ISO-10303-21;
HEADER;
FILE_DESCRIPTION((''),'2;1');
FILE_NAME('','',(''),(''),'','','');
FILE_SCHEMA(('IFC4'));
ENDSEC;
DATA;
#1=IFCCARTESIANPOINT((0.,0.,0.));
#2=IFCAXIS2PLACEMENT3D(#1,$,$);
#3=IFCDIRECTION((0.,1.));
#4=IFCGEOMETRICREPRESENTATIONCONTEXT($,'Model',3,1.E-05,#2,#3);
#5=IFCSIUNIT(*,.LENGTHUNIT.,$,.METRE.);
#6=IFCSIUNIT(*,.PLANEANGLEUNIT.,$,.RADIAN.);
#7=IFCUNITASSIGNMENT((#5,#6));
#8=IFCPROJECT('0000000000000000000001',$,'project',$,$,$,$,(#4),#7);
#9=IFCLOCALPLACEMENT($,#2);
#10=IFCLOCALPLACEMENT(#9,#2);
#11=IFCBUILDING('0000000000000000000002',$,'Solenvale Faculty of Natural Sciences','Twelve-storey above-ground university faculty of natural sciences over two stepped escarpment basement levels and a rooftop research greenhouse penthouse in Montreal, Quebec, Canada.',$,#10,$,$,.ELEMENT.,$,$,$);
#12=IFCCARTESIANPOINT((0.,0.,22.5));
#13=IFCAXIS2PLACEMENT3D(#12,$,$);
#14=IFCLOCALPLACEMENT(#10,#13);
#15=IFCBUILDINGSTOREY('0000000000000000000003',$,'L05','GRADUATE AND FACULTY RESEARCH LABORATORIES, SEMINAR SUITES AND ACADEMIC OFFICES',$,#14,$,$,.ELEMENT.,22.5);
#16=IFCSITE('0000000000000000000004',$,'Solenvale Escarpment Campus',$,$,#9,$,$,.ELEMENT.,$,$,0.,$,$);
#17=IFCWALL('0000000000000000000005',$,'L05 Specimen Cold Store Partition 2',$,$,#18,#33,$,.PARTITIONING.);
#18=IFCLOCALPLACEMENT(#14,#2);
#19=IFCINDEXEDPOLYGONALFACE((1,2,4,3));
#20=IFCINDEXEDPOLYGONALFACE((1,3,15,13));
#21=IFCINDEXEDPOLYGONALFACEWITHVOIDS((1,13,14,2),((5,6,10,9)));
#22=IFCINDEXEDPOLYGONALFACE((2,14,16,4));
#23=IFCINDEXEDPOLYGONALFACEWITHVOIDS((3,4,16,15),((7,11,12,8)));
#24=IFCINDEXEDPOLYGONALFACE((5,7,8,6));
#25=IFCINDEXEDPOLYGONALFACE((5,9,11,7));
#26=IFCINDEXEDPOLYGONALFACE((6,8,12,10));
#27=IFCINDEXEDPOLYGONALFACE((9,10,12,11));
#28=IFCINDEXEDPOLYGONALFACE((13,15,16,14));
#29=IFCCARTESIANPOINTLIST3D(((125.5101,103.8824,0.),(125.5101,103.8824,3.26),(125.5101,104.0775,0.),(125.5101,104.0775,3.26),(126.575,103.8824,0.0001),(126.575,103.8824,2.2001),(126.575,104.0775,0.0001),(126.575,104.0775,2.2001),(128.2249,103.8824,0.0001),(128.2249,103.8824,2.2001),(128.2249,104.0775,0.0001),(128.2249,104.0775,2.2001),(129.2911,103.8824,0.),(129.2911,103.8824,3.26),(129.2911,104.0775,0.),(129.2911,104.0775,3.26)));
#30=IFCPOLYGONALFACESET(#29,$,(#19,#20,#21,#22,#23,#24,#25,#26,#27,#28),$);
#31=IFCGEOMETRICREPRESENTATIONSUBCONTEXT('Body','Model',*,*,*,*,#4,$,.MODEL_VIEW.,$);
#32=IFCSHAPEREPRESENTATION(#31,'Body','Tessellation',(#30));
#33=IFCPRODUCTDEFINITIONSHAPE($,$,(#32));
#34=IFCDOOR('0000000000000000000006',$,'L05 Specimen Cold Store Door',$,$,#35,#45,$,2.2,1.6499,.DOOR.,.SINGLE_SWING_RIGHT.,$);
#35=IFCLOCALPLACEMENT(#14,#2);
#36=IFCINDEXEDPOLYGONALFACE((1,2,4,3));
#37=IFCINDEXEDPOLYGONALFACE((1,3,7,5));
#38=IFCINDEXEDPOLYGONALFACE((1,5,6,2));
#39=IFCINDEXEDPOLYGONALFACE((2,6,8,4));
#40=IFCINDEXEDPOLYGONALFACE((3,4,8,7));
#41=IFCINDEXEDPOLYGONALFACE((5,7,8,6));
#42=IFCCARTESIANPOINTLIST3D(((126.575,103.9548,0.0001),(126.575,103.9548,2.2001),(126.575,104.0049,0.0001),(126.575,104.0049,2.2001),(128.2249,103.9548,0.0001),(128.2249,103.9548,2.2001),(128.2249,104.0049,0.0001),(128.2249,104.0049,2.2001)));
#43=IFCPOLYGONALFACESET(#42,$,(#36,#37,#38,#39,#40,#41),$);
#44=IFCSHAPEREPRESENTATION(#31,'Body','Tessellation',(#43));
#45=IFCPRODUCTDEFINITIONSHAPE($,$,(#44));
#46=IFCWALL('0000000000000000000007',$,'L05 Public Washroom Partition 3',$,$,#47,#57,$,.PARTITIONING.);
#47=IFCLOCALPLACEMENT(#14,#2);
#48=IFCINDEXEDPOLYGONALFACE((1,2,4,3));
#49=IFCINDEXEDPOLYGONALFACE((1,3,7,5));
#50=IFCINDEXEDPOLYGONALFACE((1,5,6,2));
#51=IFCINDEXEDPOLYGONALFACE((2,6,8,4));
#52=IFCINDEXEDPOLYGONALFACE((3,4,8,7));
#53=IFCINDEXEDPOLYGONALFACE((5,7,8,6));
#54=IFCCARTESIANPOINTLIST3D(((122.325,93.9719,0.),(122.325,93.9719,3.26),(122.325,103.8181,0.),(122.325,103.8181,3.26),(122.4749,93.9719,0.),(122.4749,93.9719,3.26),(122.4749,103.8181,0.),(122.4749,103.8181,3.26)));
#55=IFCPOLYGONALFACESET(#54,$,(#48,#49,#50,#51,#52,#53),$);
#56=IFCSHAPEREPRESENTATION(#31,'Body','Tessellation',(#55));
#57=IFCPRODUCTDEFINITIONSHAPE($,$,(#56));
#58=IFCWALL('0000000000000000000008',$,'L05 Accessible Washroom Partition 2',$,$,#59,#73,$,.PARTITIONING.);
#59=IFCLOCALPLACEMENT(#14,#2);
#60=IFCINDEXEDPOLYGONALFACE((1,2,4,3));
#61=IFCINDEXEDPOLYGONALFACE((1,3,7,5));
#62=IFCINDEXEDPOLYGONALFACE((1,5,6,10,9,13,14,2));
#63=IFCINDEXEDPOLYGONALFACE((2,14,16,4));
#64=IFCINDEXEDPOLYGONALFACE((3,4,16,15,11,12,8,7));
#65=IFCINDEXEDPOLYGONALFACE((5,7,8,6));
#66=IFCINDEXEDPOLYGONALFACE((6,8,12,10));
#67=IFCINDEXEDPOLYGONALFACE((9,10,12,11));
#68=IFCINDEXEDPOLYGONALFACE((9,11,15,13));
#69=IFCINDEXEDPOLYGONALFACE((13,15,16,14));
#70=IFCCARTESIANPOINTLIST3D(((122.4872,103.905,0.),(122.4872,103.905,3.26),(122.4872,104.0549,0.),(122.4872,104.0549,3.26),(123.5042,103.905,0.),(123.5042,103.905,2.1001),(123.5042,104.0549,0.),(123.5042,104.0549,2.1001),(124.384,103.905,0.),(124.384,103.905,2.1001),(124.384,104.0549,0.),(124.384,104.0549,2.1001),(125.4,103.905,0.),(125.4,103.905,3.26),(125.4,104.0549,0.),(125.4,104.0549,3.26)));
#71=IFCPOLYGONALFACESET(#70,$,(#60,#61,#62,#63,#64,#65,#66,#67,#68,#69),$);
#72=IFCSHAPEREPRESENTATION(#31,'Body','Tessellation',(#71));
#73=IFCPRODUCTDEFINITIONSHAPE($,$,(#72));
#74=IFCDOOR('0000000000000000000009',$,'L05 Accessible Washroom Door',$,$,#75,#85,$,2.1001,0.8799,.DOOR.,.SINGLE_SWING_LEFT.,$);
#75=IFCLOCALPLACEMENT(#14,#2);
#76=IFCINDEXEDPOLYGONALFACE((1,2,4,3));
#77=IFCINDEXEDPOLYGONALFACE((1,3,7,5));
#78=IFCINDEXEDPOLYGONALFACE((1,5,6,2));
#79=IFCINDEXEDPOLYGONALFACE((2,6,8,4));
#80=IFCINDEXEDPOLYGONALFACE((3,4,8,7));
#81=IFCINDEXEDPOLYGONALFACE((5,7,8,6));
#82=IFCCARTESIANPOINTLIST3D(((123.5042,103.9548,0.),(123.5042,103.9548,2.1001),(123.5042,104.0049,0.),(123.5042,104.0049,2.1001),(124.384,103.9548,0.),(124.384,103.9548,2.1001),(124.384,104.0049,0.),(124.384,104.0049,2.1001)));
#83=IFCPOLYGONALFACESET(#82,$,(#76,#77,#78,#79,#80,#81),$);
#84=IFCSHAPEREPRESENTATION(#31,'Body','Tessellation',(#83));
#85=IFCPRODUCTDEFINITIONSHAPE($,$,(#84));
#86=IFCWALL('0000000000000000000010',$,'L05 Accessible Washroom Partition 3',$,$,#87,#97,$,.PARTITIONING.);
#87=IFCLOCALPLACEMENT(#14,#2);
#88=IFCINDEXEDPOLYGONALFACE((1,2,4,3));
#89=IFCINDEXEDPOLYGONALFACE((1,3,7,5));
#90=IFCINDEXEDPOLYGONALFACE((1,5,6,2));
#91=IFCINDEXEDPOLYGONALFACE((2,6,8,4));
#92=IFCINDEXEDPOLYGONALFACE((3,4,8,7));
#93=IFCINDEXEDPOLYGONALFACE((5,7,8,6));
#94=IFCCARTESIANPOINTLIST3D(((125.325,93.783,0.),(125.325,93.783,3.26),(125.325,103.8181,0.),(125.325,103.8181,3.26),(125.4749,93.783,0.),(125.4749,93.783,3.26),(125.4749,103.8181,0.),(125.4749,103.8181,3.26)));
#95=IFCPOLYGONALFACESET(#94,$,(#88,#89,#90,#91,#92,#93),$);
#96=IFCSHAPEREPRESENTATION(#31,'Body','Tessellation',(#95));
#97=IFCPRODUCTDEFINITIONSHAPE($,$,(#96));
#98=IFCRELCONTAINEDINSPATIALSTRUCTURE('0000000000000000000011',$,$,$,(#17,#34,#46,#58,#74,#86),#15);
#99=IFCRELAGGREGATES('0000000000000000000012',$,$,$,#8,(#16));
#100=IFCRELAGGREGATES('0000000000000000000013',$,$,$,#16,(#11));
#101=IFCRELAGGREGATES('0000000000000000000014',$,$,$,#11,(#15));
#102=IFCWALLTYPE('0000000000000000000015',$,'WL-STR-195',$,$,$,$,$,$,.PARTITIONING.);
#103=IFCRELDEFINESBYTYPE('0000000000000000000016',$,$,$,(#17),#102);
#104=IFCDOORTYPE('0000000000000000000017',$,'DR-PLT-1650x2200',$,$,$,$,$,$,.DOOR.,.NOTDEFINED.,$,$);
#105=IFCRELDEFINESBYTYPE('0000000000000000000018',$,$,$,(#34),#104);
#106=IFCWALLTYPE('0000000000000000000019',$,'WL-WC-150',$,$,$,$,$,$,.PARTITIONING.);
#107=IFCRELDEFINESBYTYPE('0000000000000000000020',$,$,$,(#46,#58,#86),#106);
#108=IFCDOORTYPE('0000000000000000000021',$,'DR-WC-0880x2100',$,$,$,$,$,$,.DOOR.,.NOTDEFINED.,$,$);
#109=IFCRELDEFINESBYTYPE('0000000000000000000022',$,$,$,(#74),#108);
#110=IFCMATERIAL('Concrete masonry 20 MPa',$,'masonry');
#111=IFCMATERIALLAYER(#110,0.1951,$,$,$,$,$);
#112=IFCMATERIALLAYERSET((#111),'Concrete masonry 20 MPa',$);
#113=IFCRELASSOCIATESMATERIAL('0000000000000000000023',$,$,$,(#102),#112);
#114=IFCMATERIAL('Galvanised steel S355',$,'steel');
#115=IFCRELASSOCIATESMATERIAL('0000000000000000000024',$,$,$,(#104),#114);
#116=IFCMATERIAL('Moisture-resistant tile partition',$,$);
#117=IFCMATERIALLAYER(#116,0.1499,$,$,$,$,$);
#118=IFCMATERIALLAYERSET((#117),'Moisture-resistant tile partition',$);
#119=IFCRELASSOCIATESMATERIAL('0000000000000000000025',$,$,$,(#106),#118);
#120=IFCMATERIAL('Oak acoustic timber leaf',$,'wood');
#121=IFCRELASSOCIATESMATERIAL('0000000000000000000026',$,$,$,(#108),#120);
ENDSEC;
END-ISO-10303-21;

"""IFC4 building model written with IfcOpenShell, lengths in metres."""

from ifc_helpers import new_model, si_unit, direction, frame, frame_2d, origin, place, context, subcontext, project, spatial, rectangle, extrude, material, layer, layer_set, type_object, element, fill, save


model = new_model("IFC4")

# Units and contexts
model_context = context("Model", 3, precision=1e-05, world=origin(), true_north=direction((0.0, 1.0)))
body_context = subcontext(model_context, "Body", "Model", "MODEL_VIEW")
ifc_project = project(units=[si_unit("LENGTHUNIT", "METRE"), si_unit("PLANEANGLEUNIT", "RADIAN")], contexts=[model_context])

# Site, building, storey
site_placement = place(None, origin())
site = spatial("IfcSite", under=ifc_project, at=site_placement, Name="Solenvale Escarpment Campus", CompositionType="ELEMENT", RefElevation=0.0)
building_placement = place(site_placement, origin())
building = spatial("IfcBuilding", under=site, at=building_placement, Name="Solenvale Faculty of Natural Sciences", Description="Twelve-storey above-ground university faculty of natural sciences over two stepped escarpment basement levels and a rooftop research greenhouse penthouse in Montreal, Quebec, Canada.", CompositionType="ELEMENT")
storey_placement = place(building_placement, frame((0.0, 0.0, 22.5)))
storey = spatial("IfcBuildingStorey", under=building, at=storey_placement, Name="L05", Description="GRADUATE AND FACULTY RESEARCH LABORATORIES, SEMINAR SUITES AND ACADEMIC OFFICES", CompositionType="ELEMENT", Elevation=22.5)

# Wall, opening, door
ifc_material_1 = material(Name="Oak acoustic timber leaf", Category="wood")
ifc_material_2 = material(Name="Concrete masonry 20 MPa", Category="masonry")
ifc_layer_1 = layer(ifc_material_2, 0.1951)
ifc_layer_set_1 = layer_set([ifc_layer_1], Name="Concrete masonry 20 MPa")
wall_type_1 = type_object("IfcWallType", Name="WL-STR-195", PredefinedType="PARTITIONING", material=ifc_layer_set_1)
wall_1_placement = place(storey_placement, frame((125.51, 103.98, 0.0), z_axis=(0.0, 0.0, 1.0), x_axis=(1.0, 0.0, 0.0)))
wall_1 = element("IfcWall", 1, at=wall_1_placement, inside=storey, type_object=wall_type_1, Name="L05 Specimen Cold Store Partition 2", PredefinedType="PARTITIONING", context=body_context, shape_type="SweptSolid", body=[
    extrude(rectangle(XDim=3.781, YDim=0.1951, at=frame_2d((1.8906, 0.0))), origin(), (0.0, 0.0, 1.0), 3.26),
])
opening_1_placement = place(wall_1_placement, frame((1.0649, 0.0, 0.0)))
opening_1 = element("IfcOpeningElement", 2, at=opening_1_placement, cuts=wall_1, PredefinedType="OPENING", context=body_context, shape_type="SweptSolid", body=[
    extrude(rectangle(XDim=1.6499, YDim=2.2, at=frame_2d((0.825, 1.1001))), frame((0.0, 0.1074, 0.0), z_axis=(0.0, -1.0, 0.0), x_axis=(1.0, 0.0, 0.0)), (0.0, 0.0, 1.0), 0.2151),
])
ifc_material_3 = material(Name="Galvanised steel S355", Category="steel")
door_type_1 = type_object("IfcDoorType", Name="DR-PLT-1650x2200", OperationType="NOTDEFINED", PredefinedType="DOOR", material=ifc_material_3)
door_1_placement = place(opening_1_placement, origin())
door_1 = element("IfcDoor", 3, at=door_1_placement, inside=storey, type_object=door_type_1, Name="L05 Specimen Cold Store Door", OperationType="SINGLE_SWING_RIGHT", OverallHeight=2.2, OverallWidth=1.6499, PredefinedType="DOOR", context=body_context, shape_type="SweptSolid", body=[
    extrude(rectangle(XDim=1.6499, YDim=2.2, at=frame_2d((0.825, 1.1001))), frame((0.0, 0.0249, 0.0), z_axis=(0.0, -1.0, 0.0), x_axis=(1.0, 0.0, 0.0)), (0.0, 0.0, 1.0), 0.05),
])
fill(opening_1, door_1)

# Wall
ifc_material_4 = material(Name="Moisture-resistant tile partition")
ifc_layer_2 = layer(ifc_material_4, 0.1499)
ifc_layer_set_2 = layer_set([ifc_layer_2], Name="Moisture-resistant tile partition")
wall_type_2 = type_object("IfcWallType", Name="WL-WC-150", PredefinedType="PARTITIONING", material=ifc_layer_set_2)
wall_2_placement = place(storey_placement, frame((122.3999, 103.8181, 0.0), z_axis=(0.0, 0.0, 1.0), x_axis=(0.0, -1.0, 0.0)))
element("IfcWall", 4, at=wall_2_placement, inside=storey, type_object=wall_type_2, Name="L05 Public Washroom Partition 3", PredefinedType="PARTITIONING", context=body_context, shape_type="SweptSolid", body=[
    extrude(rectangle(XDim=9.8462, YDim=0.1499, at=frame_2d((4.9231, 0.0))), origin(), (0.0, 0.0, 1.0), 3.26),
])

# Wall, opening, door
wall_3_placement = place(storey_placement, frame((122.4871, 103.98, 0.0), z_axis=(0.0, 0.0, 1.0), x_axis=(1.0, 0.0, 0.0)))
wall_3 = element("IfcWall", 5, at=wall_3_placement, inside=storey, type_object=wall_type_2, Name="L05 Accessible Washroom Partition 2", PredefinedType="PARTITIONING", context=body_context, shape_type="SweptSolid", body=[
    extrude(rectangle(XDim=2.9128, YDim=0.1499, at=frame_2d((1.4565, 0.0))), origin(), (0.0, 0.0, 1.0), 3.26),
])
opening_2_placement = place(wall_3_placement, frame((1.0171, 0.0, 0.0)))
opening_2 = element("IfcOpeningElement", 6, at=opening_2_placement, cuts=wall_3, PredefinedType="OPENING", context=body_context, shape_type="SweptSolid", body=[
    extrude(rectangle(XDim=0.8799, YDim=2.1001, at=frame_2d((0.4399, 1.05))), frame((0.0, 0.085, 0.0), z_axis=(0.0, -1.0, 0.0), x_axis=(1.0, 0.0, 0.0)), (0.0, 0.0, 1.0), 0.1699),
])
door_type_2 = type_object("IfcDoorType", Name="DR-WC-0880x2100", OperationType="NOTDEFINED", PredefinedType="DOOR", material=ifc_material_1)
door_2_placement = place(opening_2_placement, origin())
door_2 = element("IfcDoor", 7, at=door_2_placement, inside=storey, type_object=door_type_2, Name="L05 Accessible Washroom Door", OperationType="SINGLE_SWING_LEFT", OverallHeight=2.1001, OverallWidth=0.8799, PredefinedType="DOOR", context=body_context, shape_type="SweptSolid", body=[
    extrude(rectangle(XDim=0.8799, YDim=2.1001, at=frame_2d((0.4399, 1.05))), frame((0.0, 0.0249, 0.0), z_axis=(0.0, -1.0, 0.0), x_axis=(1.0, 0.0, 0.0)), (0.0, 0.0, 1.0), 0.05),
])
fill(opening_2, door_2)

# Wall
wall_4_placement = place(storey_placement, frame((125.3999, 103.8181, 0.0), z_axis=(0.0, 0.0, 1.0), x_axis=(0.0, -1.0, 0.0)))
element("IfcWall", 8, at=wall_4_placement, inside=storey, type_object=wall_type_2, Name="L05 Accessible Washroom Partition 3", PredefinedType="PARTITIONING", context=body_context, shape_type="SweptSolid", body=[
    extrude(rectangle(XDim=10.0352, YDim=0.1499, at=frame_2d((5.0176, 0.0))), origin(), (0.0, 0.0, 1.0), 3.26),
])

save(model, "model.ifc")
